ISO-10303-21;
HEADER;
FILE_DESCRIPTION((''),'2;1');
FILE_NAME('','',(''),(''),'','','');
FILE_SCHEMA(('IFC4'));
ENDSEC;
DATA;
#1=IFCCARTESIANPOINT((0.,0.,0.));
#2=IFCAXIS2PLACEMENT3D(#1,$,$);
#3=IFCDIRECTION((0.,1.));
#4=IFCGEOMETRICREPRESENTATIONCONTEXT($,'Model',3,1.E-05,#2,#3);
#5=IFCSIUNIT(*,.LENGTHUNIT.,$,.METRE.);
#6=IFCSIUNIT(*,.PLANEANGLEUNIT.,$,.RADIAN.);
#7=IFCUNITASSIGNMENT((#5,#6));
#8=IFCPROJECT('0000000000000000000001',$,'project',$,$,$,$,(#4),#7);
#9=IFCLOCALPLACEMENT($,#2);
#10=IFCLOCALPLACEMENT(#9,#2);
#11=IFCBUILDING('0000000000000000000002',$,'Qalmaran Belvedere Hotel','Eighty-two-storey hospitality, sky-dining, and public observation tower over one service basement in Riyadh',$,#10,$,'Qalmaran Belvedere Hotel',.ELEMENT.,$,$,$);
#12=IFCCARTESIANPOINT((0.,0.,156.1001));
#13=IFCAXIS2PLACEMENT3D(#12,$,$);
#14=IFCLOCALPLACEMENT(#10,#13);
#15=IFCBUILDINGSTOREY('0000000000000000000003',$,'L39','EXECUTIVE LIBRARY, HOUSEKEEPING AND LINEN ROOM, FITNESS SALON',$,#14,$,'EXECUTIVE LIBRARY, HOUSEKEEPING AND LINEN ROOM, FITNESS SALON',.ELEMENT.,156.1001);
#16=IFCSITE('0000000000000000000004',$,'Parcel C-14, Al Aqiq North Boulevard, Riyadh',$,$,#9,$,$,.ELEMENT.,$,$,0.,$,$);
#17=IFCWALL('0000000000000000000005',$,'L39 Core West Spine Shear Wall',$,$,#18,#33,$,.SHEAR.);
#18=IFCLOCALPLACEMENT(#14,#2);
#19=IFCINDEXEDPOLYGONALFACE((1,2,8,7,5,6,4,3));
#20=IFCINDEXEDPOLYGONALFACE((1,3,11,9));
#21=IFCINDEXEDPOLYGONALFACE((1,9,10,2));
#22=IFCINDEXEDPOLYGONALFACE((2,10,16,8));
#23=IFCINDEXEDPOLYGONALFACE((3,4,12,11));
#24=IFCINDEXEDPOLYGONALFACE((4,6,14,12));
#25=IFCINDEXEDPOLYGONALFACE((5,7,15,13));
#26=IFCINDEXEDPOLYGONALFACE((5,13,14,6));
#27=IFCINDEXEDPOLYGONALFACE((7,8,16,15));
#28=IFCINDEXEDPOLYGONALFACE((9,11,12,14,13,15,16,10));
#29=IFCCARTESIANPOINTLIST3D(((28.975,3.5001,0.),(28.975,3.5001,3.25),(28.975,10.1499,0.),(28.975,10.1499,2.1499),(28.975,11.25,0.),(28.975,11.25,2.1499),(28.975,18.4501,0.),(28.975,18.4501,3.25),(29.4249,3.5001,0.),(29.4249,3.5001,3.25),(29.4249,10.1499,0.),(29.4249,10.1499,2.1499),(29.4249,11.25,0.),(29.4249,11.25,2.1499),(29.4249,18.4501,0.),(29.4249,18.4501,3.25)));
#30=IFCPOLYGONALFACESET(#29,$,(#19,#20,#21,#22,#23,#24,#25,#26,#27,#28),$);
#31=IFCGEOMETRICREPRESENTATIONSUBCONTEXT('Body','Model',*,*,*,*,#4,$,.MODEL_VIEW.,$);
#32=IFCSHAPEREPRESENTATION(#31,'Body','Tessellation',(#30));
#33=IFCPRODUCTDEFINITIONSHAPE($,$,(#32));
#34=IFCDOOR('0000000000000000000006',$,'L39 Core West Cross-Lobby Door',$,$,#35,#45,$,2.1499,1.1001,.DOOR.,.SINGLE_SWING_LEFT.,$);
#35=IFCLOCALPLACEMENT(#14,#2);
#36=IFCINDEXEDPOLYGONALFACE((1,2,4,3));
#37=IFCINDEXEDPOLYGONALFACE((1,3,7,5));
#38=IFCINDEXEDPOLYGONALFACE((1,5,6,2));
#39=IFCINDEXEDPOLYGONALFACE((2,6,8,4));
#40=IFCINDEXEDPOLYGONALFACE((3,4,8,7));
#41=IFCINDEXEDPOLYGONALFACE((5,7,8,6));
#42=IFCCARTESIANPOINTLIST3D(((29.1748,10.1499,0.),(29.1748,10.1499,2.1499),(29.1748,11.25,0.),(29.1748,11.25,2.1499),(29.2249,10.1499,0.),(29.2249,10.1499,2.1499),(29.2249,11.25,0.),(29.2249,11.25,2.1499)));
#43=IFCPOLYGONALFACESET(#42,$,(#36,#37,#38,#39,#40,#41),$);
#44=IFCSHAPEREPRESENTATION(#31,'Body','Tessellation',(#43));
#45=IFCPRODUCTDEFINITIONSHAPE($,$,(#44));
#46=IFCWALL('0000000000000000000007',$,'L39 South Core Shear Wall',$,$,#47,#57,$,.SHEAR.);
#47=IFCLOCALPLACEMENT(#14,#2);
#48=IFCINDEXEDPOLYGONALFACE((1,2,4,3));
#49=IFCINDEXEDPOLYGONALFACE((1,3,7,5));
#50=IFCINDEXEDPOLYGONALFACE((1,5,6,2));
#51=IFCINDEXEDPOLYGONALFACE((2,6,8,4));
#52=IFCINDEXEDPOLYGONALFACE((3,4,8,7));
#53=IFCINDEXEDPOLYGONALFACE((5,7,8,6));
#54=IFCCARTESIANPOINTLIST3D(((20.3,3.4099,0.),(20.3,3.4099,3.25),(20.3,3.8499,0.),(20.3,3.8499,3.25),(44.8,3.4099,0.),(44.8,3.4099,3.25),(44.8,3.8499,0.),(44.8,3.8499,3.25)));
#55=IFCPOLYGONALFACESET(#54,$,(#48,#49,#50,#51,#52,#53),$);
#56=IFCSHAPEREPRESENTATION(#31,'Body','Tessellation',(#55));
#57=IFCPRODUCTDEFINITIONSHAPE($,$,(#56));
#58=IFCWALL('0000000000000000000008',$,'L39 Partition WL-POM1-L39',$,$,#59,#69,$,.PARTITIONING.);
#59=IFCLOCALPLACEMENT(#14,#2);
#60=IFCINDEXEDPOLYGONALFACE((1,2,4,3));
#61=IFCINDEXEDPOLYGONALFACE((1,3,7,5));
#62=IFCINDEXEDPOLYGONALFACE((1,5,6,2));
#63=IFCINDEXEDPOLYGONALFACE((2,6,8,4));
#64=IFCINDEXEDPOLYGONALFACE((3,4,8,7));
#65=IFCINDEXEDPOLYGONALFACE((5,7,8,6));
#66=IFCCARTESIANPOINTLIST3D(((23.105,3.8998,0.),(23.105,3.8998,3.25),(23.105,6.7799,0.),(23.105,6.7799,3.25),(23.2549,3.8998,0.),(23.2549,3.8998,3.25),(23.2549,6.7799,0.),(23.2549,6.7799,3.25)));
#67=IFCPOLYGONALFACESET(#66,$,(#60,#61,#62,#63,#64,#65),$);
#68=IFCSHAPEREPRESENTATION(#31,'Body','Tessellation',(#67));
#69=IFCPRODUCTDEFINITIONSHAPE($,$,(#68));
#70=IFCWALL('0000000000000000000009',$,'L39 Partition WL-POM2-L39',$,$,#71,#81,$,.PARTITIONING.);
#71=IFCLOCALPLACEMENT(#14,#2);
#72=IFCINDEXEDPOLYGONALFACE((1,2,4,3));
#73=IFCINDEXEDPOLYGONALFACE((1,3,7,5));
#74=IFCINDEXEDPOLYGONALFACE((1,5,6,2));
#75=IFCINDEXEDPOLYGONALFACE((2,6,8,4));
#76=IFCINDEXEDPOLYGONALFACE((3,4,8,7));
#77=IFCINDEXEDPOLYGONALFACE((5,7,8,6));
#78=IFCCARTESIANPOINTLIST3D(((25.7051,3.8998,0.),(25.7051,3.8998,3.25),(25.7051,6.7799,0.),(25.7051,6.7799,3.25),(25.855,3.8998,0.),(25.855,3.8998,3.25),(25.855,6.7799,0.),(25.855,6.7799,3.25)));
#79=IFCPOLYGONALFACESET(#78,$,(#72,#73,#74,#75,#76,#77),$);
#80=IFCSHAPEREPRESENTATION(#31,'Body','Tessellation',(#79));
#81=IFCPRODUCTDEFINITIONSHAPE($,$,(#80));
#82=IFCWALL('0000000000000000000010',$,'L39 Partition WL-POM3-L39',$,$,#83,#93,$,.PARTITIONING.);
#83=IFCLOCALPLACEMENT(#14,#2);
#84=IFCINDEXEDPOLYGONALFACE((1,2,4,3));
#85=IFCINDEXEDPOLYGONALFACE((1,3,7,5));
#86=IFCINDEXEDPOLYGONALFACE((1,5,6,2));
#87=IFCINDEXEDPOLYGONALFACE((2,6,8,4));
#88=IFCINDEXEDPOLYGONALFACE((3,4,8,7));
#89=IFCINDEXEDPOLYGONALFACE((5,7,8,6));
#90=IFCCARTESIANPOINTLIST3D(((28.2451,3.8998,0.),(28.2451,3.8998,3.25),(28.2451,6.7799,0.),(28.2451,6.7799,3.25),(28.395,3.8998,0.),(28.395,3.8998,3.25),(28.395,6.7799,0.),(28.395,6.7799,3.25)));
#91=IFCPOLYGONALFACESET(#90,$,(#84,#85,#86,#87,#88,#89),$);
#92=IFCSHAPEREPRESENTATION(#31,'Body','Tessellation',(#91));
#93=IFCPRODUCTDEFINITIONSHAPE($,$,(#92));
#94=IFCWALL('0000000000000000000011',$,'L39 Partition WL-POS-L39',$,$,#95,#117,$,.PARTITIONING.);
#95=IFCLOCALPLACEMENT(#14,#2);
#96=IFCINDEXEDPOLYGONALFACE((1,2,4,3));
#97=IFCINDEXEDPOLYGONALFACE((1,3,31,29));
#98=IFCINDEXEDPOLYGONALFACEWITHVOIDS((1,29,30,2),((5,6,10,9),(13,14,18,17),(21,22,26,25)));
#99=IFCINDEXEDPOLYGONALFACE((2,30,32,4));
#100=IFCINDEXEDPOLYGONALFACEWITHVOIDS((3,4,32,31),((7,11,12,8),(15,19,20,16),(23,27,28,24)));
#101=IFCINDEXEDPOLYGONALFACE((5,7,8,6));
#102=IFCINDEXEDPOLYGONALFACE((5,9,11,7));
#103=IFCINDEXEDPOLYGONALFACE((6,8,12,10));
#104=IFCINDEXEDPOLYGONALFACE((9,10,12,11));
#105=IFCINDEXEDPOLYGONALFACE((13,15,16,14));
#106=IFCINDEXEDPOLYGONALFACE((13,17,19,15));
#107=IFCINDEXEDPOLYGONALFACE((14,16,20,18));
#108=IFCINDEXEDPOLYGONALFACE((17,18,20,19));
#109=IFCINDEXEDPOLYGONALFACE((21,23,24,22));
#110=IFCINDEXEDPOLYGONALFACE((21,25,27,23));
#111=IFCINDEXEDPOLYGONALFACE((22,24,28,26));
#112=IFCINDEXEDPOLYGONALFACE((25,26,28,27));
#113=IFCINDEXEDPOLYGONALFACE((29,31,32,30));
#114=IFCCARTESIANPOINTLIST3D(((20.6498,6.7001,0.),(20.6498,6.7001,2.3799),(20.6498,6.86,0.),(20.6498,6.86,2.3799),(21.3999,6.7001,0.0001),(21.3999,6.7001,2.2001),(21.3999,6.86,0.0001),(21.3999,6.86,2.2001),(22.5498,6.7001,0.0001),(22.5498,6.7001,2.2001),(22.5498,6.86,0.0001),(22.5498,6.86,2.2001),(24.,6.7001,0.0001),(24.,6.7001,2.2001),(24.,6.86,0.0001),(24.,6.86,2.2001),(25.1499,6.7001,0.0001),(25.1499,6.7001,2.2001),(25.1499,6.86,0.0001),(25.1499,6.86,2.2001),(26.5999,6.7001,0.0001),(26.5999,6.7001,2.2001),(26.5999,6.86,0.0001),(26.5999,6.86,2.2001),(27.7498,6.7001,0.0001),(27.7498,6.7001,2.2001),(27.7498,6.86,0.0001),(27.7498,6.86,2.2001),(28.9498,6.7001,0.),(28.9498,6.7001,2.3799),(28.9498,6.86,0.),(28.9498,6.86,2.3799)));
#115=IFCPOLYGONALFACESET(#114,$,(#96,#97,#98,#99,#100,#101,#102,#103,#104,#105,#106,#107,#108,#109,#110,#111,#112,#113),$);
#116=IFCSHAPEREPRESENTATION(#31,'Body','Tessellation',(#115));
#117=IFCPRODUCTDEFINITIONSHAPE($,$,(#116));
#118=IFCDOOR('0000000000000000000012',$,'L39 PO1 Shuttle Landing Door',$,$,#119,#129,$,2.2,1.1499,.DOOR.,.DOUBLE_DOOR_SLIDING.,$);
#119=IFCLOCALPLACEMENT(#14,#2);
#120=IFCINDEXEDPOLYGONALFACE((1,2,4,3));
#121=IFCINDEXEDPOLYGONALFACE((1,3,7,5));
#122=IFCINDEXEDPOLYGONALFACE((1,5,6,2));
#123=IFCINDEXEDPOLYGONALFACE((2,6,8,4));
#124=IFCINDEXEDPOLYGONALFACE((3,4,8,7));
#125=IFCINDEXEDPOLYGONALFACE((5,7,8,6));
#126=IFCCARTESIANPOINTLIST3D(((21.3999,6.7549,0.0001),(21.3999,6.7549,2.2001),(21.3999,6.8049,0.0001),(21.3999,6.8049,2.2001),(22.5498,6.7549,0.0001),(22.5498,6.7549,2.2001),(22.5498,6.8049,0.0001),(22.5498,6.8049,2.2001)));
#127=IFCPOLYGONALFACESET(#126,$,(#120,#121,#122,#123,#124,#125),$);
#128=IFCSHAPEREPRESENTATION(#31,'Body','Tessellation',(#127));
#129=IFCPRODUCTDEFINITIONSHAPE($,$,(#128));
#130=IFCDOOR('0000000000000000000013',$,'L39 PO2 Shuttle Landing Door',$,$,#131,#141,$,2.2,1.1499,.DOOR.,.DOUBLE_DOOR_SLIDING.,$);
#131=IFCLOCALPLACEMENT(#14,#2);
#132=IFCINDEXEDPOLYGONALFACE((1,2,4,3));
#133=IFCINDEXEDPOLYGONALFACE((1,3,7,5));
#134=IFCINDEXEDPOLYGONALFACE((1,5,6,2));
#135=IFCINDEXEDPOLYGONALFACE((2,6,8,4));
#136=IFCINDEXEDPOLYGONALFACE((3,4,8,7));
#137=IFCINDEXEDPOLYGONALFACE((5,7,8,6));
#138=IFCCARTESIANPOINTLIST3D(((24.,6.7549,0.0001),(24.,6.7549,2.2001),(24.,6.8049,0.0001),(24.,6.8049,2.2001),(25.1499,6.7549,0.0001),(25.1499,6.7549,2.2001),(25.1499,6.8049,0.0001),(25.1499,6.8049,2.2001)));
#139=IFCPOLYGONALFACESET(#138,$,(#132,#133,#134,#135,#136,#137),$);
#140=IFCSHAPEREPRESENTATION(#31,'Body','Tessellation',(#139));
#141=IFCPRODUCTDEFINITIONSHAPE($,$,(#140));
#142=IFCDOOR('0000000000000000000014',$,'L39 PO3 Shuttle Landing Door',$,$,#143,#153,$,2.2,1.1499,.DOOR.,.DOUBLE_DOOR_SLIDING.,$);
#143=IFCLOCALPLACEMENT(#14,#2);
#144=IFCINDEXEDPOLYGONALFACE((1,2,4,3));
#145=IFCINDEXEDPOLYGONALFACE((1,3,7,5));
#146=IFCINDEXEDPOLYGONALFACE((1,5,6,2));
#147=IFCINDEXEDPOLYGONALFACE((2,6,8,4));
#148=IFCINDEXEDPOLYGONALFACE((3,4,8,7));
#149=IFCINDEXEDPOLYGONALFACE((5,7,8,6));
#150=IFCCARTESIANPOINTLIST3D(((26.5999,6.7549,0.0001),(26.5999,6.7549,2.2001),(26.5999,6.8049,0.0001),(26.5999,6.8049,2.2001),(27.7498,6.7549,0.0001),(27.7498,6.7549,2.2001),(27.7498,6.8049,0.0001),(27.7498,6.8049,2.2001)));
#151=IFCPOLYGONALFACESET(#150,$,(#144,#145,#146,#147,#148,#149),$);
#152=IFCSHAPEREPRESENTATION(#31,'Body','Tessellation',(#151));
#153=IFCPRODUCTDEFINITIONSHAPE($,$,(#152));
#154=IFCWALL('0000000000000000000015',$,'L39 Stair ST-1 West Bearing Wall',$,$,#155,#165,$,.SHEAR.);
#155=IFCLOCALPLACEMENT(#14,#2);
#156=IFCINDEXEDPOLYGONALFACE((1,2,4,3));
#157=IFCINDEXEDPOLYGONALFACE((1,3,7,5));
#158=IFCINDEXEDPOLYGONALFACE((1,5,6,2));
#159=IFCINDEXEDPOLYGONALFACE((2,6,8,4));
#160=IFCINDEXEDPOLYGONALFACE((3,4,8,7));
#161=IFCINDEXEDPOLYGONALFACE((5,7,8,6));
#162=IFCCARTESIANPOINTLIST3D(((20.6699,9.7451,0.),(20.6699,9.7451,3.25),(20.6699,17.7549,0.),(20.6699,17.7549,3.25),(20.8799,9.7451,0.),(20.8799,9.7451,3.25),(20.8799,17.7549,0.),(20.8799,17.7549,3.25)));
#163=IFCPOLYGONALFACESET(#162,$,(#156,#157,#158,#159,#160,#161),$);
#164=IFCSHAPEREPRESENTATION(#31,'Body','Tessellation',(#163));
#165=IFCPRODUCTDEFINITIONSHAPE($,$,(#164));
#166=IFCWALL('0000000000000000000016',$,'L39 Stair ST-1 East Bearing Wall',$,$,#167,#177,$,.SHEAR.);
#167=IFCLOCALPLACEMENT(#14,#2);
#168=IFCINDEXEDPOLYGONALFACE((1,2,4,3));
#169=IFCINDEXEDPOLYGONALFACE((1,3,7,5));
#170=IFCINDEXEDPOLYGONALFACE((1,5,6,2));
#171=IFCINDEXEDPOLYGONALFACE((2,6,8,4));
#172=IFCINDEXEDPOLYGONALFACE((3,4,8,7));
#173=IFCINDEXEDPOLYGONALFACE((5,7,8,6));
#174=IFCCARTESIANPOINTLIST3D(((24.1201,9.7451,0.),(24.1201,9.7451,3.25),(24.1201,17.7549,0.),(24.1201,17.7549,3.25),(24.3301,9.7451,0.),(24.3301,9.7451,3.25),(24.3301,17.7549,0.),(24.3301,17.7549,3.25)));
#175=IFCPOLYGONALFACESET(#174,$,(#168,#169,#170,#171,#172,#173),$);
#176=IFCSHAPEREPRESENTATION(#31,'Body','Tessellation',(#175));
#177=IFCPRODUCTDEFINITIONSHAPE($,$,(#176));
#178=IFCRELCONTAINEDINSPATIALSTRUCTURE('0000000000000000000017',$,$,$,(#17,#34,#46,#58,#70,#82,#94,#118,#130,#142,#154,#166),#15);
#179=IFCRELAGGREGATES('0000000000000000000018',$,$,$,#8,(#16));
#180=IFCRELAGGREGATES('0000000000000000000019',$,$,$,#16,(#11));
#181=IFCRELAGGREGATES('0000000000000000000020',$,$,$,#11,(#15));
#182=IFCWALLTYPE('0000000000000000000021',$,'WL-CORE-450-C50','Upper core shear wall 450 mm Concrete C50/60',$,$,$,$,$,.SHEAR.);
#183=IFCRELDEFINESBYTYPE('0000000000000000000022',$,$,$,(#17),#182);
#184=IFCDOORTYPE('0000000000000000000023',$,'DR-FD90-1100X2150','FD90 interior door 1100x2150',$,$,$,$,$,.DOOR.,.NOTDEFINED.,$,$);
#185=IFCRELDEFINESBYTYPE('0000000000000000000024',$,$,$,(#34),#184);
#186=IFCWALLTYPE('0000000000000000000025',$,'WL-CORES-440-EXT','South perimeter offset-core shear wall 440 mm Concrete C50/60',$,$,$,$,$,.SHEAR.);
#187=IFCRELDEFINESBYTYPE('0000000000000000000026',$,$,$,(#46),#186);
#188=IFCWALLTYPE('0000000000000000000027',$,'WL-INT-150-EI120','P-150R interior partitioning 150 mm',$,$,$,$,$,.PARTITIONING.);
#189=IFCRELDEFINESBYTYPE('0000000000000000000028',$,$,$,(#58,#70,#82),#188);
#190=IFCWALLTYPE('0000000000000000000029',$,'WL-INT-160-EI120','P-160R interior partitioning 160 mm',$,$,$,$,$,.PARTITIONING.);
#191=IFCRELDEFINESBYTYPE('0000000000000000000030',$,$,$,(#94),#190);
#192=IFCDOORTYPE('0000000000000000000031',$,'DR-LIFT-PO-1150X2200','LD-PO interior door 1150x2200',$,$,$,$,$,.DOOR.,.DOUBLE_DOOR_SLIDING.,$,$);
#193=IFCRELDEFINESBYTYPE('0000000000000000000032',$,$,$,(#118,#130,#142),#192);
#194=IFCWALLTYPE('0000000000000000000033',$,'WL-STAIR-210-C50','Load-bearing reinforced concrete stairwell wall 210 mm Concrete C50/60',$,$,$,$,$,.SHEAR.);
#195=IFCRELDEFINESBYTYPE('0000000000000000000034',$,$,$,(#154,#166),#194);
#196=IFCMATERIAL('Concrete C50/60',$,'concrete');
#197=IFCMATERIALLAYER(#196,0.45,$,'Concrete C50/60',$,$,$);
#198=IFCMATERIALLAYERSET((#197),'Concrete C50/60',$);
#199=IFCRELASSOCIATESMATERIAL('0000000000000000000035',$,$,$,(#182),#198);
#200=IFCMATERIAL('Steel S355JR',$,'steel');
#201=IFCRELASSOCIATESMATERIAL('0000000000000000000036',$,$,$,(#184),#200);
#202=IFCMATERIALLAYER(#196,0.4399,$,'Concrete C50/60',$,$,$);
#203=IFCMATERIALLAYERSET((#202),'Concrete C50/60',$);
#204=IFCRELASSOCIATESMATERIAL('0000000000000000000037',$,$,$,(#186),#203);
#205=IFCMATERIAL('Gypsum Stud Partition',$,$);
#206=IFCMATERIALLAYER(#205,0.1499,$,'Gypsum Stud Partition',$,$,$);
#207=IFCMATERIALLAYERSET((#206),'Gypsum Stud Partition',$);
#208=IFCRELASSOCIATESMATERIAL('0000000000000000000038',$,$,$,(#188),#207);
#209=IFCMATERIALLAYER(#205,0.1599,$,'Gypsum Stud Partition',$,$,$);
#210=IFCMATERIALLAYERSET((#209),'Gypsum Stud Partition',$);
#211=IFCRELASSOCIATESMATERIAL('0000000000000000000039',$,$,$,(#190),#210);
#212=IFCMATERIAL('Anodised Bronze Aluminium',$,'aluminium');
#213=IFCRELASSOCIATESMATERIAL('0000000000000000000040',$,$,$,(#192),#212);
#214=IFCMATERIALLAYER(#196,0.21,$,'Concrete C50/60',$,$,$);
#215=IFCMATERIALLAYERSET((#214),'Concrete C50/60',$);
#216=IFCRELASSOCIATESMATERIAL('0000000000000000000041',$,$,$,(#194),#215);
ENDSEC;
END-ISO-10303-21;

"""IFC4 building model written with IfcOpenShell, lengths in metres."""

from ifc_helpers import new_model, si_unit, direction, frame, frame_2d, origin, place, context, subcontext, project, spatial, rectangle, extrude, material, layer, layer_set, type_object, element, fill, save


model = new_model("IFC4")

# Units and contexts
model_context = context("Model", 3, precision=1e-05, world=origin(), true_north=direction((0.0, 1.0)))
body_context = subcontext(model_context, "Body", "Model", "MODEL_VIEW")
ifc_project = project(units=[si_unit("LENGTHUNIT", "METRE"), si_unit("PLANEANGLEUNIT", "RADIAN")], contexts=[model_context])

# Site, building, storey
site_placement = place(None, origin())
site = spatial("IfcSite", under=ifc_project, at=site_placement, Name="Parcel C-14, Al Aqiq North Boulevard, Riyadh", CompositionType="ELEMENT", RefElevation=0.0)
building_placement = place(site_placement, origin())
building = spatial("IfcBuilding", under=site, at=building_placement, Name="Qalmaran Belvedere Hotel", Description="Eighty-two-storey hospitality, sky-dining, and public observation tower over one service basement in Riyadh", LongName="Qalmaran Belvedere Hotel", CompositionType="ELEMENT")
storey_placement = place(building_placement, frame((0.0, 0.0, 156.1001)))
storey = spatial("IfcBuildingStorey", under=building, at=storey_placement, Name="L39", Description="EXECUTIVE LIBRARY, HOUSEKEEPING AND LINEN ROOM, FITNESS SALON", LongName="EXECUTIVE LIBRARY, HOUSEKEEPING AND LINEN ROOM, FITNESS SALON", CompositionType="ELEMENT", Elevation=156.1001)

# Shared definitions
ifc_material_1 = material(Name="Concrete C50/60", Category="concrete")

# Shared definitions
ifc_material_2 = material(Name="Steel S355JR", Category="steel")

# Shared definitions
ifc_material_3 = material(Name="Anodised Bronze Aluminium", Category="aluminium")

# Shared definitions
ifc_layer_1 = layer(ifc_material_1, 0.45, Name="Concrete C50/60")
ifc_layer_set_1 = layer_set([ifc_layer_1], Name="Concrete C50/60")
wall_type_1 = type_object("IfcWallType", Name="WL-CORE-450-C50", Description="Upper core shear wall 450 mm Concrete C50/60", PredefinedType="SHEAR", material=ifc_layer_set_1)

# Wall, opening, door
wall_1_placement = place(storey_placement, frame((29.2, 3.5, 0.0), z_axis=(0.0, 0.0, 1.0), x_axis=(0.0, 1.0, 0.0)))
wall_1 = element("IfcWall", 1, at=wall_1_placement, inside=storey, type_object=wall_type_1, Name="L39 Core West Spine Shear Wall", PredefinedType="SHEAR", context=body_context, shape_type="SweptSolid", body=[
    extrude(rectangle(XDim=14.95, YDim=0.45, at=frame_2d((7.4751, 0.0))), origin(), (0.0, 0.0, 1.0), 3.25),
])
opening_1_placement = place(wall_1_placement, frame((7.75, 0.0, 0.0), z_axis=(0.0, 0.0, 1.0), x_axis=(-1.0, 0.0, 0.0)))
opening_1 = element("IfcOpeningElement", 2, at=opening_1_placement, cuts=wall_1, PredefinedType="OPENING", context=body_context, shape_type="SweptSolid", body=[
    extrude(rectangle(XDim=1.1001, YDim=2.1499, at=frame_2d((0.55, 1.075))), frame((0.0, 0.2349, 0.0), z_axis=(0.0, -1.0, 0.0), x_axis=(1.0, 0.0, 0.0)), (0.0, 0.0, 1.0), 0.47),
])
door_type_1 = type_object("IfcDoorType", Name="DR-FD90-1100X2150", Description="FD90 interior door 1100x2150", OperationType="NOTDEFINED", PredefinedType="DOOR", material=ifc_material_2)
door_1_placement = place(opening_1_placement, origin())
door_1 = element("IfcDoor", 3, at=door_1_placement, inside=storey, type_object=door_type_1, Name="L39 Core West Cross-Lobby Door", OperationType="SINGLE_SWING_LEFT", OverallHeight=2.1499, OverallWidth=1.1001, PredefinedType="DOOR", context=body_context, shape_type="SweptSolid", body=[
    extrude(rectangle(XDim=1.1001, YDim=2.1499, at=frame_2d((0.55, 1.075))), frame((0.0, 0.0249, 0.0), z_axis=(0.0, -1.0, 0.0), x_axis=(1.0, 0.0, 0.0)), (0.0, 0.0, 1.0), 0.05),
])
fill(opening_1, door_1)

# Walls
ifc_layer_2 = layer(ifc_material_1, 0.4399, Name="Concrete C50/60")
ifc_layer_set_2 = layer_set([ifc_layer_2], Name="Concrete C50/60")
wall_type_2 = type_object("IfcWallType", Name="WL-CORES-440-EXT", Description="South perimeter offset-core shear wall 440 mm Concrete C50/60", PredefinedType="SHEAR", material=ifc_layer_set_2)
wall_2_placement = place(storey_placement, frame((20.3, 3.6299, 0.0), z_axis=(0.0, 0.0, 1.0), x_axis=(1.0, 0.0, 0.0)))
element("IfcWall", 4, at=wall_2_placement, inside=storey, type_object=wall_type_2, Name="L39 South Core Shear Wall", PredefinedType="SHEAR", context=body_context, shape_type="SweptSolid", body=[
    extrude(rectangle(XDim=24.5, YDim=0.4399, at=frame_2d((12.25, 0.0))), origin(), (0.0, 0.0, 1.0), 3.25),
])
ifc_material_4 = material(Name="Gypsum Stud Partition")
ifc_layer_3 = layer(ifc_material_4, 0.1499, Name="Gypsum Stud Partition")
ifc_layer_set_3 = layer_set([ifc_layer_3], Name="Gypsum Stud Partition")
wall_type_3 = type_object("IfcWallType", Name="WL-INT-150-EI120", Description="P-150R interior partitioning 150 mm", PredefinedType="PARTITIONING", material=ifc_layer_set_3)
for number, where, z_axis, x_axis, name in (
    (5, (23.1799, 3.8999, 0.0), (0.0, 0.0, 1.0), (0.0, 1.0, 0.0), "L39 Partition WL-POM1-L39"),
    (6, (25.78, 3.8999, 0.0), (0.0, 0.0, 1.0), (0.0, 1.0, 0.0), "L39 Partition WL-POM2-L39"),
    (7, (28.3201, 3.8999, 0.0), (0.0, 0.0, 1.0), (0.0, 1.0, 0.0), "L39 Partition WL-POM3-L39"),
):
    element("IfcWall", number, at=place(storey_placement, frame(where, z_axis=z_axis, x_axis=x_axis)), inside=storey, type_object=wall_type_3, Name=name, PredefinedType="PARTITIONING", context=body_context, shape_type="SweptSolid", body=[
        extrude(rectangle(XDim=2.8801, YDim=0.1499, at=frame_2d((1.4399, 0.0))), origin(), (0.0, 0.0, 1.0), 3.25),
    ])

# Wall, openings, doors
ifc_layer_4 = layer(ifc_material_4, 0.1599, Name="Gypsum Stud Partition")
ifc_layer_set_4 = layer_set([ifc_layer_4], Name="Gypsum Stud Partition")
wall_type_4 = type_object("IfcWallType", Name="WL-INT-160-EI120", Description="P-160R interior partitioning 160 mm", PredefinedType="PARTITIONING", material=ifc_layer_set_4)
wall_3_placement = place(storey_placement, frame((20.6499, 6.78, 0.0), z_axis=(0.0, 0.0, 1.0), x_axis=(1.0, 0.0, 0.0)))
wall_3 = element("IfcWall", 8, at=wall_3_placement, inside=storey, type_object=wall_type_4, Name="L39 Partition WL-POS-L39", PredefinedType="PARTITIONING", context=body_context, shape_type="SweptSolid", body=[
    extrude(rectangle(XDim=8.3, YDim=0.1599, at=frame_2d((4.1499, 0.0))), origin(), (0.0, 0.0, 1.0), 2.3799),
])
opening_2_placement = place(wall_3_placement, frame((0.75, 0.0, 0.0)))
opening_2 = element("IfcOpeningElement", 9, at=opening_2_placement, cuts=wall_3, PredefinedType="OPENING", context=body_context, shape_type="SweptSolid", body=[
    extrude(rectangle(XDim=1.1499, YDim=2.2, at=frame_2d((0.575, 1.1001))), frame((0.0, 0.0898, 0.0), z_axis=(0.0, -1.0, 0.0), x_axis=(1.0, 0.0, 0.0)), (0.0, 0.0, 1.0), 0.1799),
])
opening_3_placement = place(wall_3_placement, frame((3.3501, 0.0, 0.0)))
opening_3 = element("IfcOpeningElement", 10, at=opening_3_placement, cuts=wall_3, PredefinedType="OPENING", context=body_context, shape_type="SweptSolid", body=[
    extrude(rectangle(XDim=1.1499, YDim=2.2, at=frame_2d((0.575, 1.1001))), frame((0.0, 0.0898, 0.0), z_axis=(0.0, -1.0, 0.0), x_axis=(1.0, 0.0, 0.0)), (0.0, 0.0, 1.0), 0.1799),
])
opening_4_placement = place(wall_3_placement, frame((5.95, 0.0, 0.0)))
opening_4 = element("IfcOpeningElement", 11, at=opening_4_placement, cuts=wall_3, PredefinedType="OPENING", context=body_context, shape_type="SweptSolid", body=[
    extrude(rectangle(XDim=1.1499, YDim=2.2, at=frame_2d((0.575, 1.1001))), frame((0.0, 0.0898, 0.0), z_axis=(0.0, -1.0, 0.0), x_axis=(1.0, 0.0, 0.0)), (0.0, 0.0, 1.0), 0.1799),
])
door_type_2 = type_object("IfcDoorType", Name="DR-LIFT-PO-1150X2200", Description="LD-PO interior door 1150x2200", OperationType="DOUBLE_DOOR_SLIDING", PredefinedType="DOOR", material=ifc_material_3)
door_2_placement = place(opening_2_placement, origin())
door_2 = element("IfcDoor", 12, at=door_2_placement, inside=storey, type_object=door_type_2, Name="L39 PO1 Shuttle Landing Door", OperationType="DOUBLE_DOOR_SLIDING", OverallHeight=2.2, OverallWidth=1.1499, PredefinedType="DOOR", context=body_context, shape_type="SweptSolid", body=[
    extrude(rectangle(XDim=1.1499, YDim=2.2, at=frame_2d((0.575, 1.1001))), frame((0.0, 0.0249, 0.0), z_axis=(0.0, -1.0, 0.0), x_axis=(1.0, 0.0, 0.0)), (0.0, 0.0, 1.0), 0.05),
])
fill(opening_2, door_2)
door_3_placement = place(opening_3_placement, origin())
door_3 = element("IfcDoor", 13, at=door_3_placement, inside=storey, type_object=door_type_2, Name="L39 PO2 Shuttle Landing Door", OperationType="DOUBLE_DOOR_SLIDING", OverallHeight=2.2, OverallWidth=1.1499, PredefinedType="DOOR", context=body_context, shape_type="SweptSolid", body=[
    extrude(rectangle(XDim=1.1499, YDim=2.2, at=frame_2d((0.575, 1.1001))), frame((0.0, 0.0249, 0.0), z_axis=(0.0, -1.0, 0.0), x_axis=(1.0, 0.0, 0.0)), (0.0, 0.0, 1.0), 0.05),
])
fill(opening_3, door_3)
door_4_placement = place(opening_4_placement, origin())
door_4 = element("IfcDoor", 14, at=door_4_placement, inside=storey, type_object=door_type_2, Name="L39 PO3 Shuttle Landing Door", OperationType="DOUBLE_DOOR_SLIDING", OverallHeight=2.2, OverallWidth=1.1499, PredefinedType="DOOR", context=body_context, shape_type="SweptSolid", body=[
    extrude(rectangle(XDim=1.1499, YDim=2.2, at=frame_2d((0.575, 1.1001))), frame((0.0, 0.0249, 0.0), z_axis=(0.0, -1.0, 0.0), x_axis=(1.0, 0.0, 0.0)), (0.0, 0.0, 1.0), 0.05),
])
fill(opening_4, door_4)

# Walls
ifc_layer_5 = layer(ifc_material_1, 0.21, Name="Concrete C50/60")
ifc_layer_set_5 = layer_set([ifc_layer_5], Name="Concrete C50/60")
wall_type_5 = type_object("IfcWallType", Name="WL-STAIR-210-C50", Description="Load-bearing reinforced concrete stairwell wall 210 mm Concrete C50/60", PredefinedType="SHEAR", material=ifc_layer_set_5)
for number, where, z_axis, x_axis, name in (
    (15, (20.7749, 9.7451, 0.0), (0.0, 0.0, 1.0), (0.0, 1.0, 0.0), "L39 Stair ST-1 West Bearing Wall"),
    (16, (24.2251, 9.7451, 0.0), (0.0, 0.0, 1.0), (0.0, 1.0, 0.0), "L39 Stair ST-1 East Bearing Wall"),
):
    element("IfcWall", number, at=place(storey_placement, frame(where, z_axis=z_axis, x_axis=x_axis)), inside=storey, type_object=wall_type_5, Name=name, PredefinedType="SHEAR", context=body_context, shape_type="SweptSolid", body=[
        extrude(rectangle(XDim=8.0098, YDim=0.21, at=frame_2d((4.0049, 0.0))), origin(), (0.0, 0.0, 1.0), 3.25),
    ])

save(model, "model.ifc")
